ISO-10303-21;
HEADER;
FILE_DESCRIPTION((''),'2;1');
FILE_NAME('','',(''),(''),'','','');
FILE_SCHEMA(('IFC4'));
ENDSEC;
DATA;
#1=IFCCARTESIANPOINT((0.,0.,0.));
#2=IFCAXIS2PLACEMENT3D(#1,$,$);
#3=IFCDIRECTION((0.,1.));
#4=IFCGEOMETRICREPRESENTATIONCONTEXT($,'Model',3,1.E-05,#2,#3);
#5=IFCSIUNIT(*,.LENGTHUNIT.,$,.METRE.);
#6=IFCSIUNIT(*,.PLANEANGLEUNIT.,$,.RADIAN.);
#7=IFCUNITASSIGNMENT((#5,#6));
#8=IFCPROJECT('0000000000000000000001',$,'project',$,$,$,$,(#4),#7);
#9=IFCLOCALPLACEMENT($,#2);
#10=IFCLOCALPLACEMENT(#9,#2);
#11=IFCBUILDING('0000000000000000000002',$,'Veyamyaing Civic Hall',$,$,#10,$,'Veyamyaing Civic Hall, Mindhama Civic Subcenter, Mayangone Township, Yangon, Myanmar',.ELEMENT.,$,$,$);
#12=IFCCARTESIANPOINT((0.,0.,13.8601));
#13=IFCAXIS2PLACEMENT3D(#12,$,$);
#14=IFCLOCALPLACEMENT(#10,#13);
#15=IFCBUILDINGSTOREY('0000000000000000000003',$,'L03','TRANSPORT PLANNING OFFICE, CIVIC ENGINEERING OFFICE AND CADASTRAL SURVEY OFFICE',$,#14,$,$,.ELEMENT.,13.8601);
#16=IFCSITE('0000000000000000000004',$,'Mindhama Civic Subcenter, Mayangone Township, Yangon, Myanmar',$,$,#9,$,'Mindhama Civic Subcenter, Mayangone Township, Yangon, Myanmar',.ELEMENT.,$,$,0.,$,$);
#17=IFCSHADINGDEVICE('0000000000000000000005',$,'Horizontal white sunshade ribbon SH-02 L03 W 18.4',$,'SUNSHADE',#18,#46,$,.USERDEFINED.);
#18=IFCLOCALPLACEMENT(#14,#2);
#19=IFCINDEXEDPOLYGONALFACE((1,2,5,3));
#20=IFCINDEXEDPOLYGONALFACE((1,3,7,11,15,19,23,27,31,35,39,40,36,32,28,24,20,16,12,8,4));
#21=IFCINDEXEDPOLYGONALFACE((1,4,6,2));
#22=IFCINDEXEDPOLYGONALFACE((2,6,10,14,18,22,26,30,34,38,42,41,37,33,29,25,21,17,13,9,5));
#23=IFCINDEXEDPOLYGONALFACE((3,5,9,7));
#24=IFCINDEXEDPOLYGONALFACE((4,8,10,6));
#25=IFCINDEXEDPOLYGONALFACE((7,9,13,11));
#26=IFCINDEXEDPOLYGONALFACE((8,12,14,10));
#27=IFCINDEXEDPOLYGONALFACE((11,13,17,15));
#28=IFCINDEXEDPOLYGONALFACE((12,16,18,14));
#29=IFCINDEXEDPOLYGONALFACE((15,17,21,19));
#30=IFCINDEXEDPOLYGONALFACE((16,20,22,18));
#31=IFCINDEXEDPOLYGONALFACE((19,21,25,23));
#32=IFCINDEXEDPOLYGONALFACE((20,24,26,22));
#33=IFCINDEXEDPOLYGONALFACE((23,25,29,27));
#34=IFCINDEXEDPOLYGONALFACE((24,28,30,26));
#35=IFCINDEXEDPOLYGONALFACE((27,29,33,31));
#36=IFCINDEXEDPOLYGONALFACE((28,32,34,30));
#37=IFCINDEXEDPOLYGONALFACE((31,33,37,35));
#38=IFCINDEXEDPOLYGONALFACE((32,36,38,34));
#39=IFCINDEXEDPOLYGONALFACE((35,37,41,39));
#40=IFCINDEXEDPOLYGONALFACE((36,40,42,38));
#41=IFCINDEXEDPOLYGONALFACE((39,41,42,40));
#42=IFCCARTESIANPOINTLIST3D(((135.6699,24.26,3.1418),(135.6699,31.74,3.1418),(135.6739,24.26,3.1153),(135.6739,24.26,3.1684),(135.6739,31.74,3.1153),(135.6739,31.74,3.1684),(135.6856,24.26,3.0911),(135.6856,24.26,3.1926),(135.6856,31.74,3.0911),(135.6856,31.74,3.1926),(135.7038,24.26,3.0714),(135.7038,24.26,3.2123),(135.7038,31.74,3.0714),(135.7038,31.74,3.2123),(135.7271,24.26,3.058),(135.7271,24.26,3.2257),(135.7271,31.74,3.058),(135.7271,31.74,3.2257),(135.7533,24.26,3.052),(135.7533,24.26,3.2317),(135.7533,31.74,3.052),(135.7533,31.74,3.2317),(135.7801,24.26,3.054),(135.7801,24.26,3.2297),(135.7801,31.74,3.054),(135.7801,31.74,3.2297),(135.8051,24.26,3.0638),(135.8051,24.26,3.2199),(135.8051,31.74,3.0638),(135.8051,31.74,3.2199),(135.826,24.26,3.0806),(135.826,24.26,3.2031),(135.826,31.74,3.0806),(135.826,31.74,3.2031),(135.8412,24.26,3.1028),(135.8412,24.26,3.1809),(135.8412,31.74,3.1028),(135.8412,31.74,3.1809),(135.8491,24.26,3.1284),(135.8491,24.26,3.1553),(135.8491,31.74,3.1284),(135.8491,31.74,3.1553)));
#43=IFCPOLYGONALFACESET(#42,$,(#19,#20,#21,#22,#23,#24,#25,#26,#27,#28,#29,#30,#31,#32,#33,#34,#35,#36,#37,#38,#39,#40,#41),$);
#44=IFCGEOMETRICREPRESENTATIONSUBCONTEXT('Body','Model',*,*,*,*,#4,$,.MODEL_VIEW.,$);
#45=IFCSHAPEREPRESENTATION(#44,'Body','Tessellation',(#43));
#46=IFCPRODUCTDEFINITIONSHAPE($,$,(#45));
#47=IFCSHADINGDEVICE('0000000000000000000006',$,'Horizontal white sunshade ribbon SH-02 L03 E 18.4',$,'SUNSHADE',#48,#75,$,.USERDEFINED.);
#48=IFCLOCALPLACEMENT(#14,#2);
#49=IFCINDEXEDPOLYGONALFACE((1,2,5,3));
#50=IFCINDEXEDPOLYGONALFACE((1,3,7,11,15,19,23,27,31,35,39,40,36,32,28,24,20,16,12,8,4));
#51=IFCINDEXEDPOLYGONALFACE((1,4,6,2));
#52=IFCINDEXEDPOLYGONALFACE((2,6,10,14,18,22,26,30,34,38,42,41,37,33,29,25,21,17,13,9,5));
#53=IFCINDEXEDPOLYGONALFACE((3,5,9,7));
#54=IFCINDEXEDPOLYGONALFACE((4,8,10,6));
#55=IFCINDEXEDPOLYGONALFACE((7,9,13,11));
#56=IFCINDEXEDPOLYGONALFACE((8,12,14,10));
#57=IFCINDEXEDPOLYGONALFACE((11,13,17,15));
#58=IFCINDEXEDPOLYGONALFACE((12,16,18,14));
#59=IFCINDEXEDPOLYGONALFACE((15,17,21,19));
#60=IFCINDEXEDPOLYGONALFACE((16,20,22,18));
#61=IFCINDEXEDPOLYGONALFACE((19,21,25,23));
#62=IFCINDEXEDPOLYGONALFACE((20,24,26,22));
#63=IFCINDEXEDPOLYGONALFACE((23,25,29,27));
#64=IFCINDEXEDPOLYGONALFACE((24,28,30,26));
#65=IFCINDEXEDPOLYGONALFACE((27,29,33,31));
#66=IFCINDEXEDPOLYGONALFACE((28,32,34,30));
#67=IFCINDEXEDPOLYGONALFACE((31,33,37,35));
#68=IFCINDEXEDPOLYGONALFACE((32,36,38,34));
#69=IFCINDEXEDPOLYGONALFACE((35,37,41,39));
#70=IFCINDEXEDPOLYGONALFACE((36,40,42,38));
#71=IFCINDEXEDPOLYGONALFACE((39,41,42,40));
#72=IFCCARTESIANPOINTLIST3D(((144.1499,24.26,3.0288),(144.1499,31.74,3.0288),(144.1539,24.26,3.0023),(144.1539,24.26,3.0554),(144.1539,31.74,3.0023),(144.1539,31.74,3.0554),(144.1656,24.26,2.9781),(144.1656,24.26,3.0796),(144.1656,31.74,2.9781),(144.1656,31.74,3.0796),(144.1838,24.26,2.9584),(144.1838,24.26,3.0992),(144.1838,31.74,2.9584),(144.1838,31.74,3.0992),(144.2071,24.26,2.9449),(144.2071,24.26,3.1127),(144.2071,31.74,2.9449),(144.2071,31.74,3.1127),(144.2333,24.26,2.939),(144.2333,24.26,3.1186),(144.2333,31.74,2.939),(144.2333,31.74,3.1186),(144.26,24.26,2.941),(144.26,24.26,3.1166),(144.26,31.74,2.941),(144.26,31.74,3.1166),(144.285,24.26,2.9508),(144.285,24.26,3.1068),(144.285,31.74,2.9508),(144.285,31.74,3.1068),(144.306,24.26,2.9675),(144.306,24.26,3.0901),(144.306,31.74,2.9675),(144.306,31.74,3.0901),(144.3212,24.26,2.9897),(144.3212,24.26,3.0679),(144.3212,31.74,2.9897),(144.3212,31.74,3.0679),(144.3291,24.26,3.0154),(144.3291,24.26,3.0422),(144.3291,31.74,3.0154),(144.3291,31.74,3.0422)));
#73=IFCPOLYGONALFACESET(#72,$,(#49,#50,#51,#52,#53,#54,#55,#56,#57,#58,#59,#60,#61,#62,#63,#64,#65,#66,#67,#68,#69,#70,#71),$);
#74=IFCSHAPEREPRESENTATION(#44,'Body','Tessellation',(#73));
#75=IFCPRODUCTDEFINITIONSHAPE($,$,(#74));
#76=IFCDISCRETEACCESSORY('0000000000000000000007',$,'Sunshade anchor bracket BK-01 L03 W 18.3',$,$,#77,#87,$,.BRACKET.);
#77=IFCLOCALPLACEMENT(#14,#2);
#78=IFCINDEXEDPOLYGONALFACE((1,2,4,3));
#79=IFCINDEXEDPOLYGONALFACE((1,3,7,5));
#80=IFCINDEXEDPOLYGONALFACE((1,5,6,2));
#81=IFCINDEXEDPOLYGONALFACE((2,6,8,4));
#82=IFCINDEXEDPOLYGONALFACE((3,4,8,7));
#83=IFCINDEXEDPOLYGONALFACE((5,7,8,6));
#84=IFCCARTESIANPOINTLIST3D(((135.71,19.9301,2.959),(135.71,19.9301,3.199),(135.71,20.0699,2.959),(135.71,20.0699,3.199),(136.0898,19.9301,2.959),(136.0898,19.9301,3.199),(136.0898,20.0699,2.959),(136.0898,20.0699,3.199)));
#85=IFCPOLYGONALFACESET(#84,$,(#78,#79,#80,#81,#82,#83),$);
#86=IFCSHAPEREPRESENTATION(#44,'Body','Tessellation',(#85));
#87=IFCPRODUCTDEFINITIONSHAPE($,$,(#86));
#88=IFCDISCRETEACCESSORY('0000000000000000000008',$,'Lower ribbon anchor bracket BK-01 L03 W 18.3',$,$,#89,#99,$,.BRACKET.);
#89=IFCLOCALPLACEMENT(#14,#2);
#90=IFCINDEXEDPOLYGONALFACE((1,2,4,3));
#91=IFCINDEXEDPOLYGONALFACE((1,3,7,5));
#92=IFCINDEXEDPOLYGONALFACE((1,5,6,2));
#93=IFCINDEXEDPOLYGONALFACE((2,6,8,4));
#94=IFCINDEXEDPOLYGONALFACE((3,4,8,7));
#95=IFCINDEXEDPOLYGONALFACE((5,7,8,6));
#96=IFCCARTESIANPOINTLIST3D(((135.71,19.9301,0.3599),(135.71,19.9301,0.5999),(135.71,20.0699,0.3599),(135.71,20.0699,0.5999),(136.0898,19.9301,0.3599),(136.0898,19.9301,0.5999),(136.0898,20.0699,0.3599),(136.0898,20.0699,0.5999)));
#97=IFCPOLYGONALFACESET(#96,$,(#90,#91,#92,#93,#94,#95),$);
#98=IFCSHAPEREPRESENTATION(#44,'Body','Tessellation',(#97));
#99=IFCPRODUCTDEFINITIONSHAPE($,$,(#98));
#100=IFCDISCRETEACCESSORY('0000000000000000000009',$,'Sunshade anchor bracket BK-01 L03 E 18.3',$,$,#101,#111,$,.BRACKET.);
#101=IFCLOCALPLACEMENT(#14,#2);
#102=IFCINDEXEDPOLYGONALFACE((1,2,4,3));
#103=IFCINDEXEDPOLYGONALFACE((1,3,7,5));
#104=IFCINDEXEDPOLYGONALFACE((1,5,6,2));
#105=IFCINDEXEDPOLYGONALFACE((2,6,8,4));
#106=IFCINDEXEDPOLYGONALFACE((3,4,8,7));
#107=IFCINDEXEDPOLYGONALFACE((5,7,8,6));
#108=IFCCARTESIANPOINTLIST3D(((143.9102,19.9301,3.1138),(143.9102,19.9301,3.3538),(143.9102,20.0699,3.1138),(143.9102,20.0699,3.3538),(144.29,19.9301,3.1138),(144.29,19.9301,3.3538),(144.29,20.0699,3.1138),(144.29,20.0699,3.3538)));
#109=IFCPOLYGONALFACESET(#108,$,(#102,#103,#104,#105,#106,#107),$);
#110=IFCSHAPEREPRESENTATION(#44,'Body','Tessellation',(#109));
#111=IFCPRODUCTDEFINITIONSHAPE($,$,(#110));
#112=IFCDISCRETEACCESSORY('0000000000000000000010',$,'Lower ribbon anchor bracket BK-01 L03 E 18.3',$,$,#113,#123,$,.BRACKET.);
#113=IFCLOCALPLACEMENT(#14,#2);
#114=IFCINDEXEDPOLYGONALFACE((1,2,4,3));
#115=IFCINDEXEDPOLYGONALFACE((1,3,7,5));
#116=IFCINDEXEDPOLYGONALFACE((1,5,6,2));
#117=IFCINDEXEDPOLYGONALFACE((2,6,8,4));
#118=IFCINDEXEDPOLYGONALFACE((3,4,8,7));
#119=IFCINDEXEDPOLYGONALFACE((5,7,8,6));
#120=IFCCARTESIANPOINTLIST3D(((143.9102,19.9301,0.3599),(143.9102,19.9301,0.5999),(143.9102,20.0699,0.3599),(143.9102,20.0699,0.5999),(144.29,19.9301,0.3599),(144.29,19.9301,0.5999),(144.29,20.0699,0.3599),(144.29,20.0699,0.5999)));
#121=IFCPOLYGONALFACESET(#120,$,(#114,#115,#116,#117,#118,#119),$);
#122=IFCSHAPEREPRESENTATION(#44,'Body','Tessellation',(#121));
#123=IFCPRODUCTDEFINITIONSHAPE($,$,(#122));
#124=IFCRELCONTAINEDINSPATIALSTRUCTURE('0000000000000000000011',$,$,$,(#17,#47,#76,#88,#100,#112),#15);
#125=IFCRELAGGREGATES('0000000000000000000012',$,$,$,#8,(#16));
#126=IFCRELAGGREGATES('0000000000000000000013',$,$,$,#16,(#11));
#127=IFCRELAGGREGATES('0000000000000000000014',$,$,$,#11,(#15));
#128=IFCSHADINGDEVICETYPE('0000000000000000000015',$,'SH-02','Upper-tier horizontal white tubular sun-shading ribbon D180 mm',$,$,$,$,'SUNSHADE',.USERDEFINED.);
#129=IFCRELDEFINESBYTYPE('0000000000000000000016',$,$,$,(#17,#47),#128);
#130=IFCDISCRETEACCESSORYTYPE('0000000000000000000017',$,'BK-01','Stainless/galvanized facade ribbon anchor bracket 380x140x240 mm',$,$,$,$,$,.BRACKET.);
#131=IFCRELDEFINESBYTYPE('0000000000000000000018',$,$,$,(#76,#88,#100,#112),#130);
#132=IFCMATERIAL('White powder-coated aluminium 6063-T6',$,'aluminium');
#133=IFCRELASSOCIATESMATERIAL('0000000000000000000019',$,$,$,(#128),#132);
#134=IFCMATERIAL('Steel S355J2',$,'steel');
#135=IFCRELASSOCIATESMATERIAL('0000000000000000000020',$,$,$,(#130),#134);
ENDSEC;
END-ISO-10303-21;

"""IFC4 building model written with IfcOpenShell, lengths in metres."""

from ifc_helpers import new_model, si_unit, direction, frame, origin, origin_2d, place, context, subcontext, project, spatial, rectangle, circle, extrude, material, material_profile, profile_set, type_object, element, save


model = new_model("IFC4")

# Units and contexts
model_context = context("Model", 3, precision=1e-05, world=origin(), true_north=direction((0.0, 1.0)))
body_context = subcontext(model_context, "Body", "Model", "MODEL_VIEW")
ifc_project = project(units=[si_unit("LENGTHUNIT", "METRE"), si_unit("PLANEANGLEUNIT", "RADIAN")], contexts=[model_context])

# Site, building, storey
site_placement = place(None, origin())
site = spatial("IfcSite", under=ifc_project, at=site_placement, Name="Mindhama Civic Subcenter, Mayangone Township, Yangon, Myanmar", LongName="Mindhama Civic Subcenter, Mayangone Township, Yangon, Myanmar", CompositionType="ELEMENT", RefElevation=0.0)
building_placement = place(site_placement, origin())
building = spatial("IfcBuilding", under=site, at=building_placement, Name="Veyamyaing Civic Hall", LongName="Veyamyaing Civic Hall, Mindhama Civic Subcenter, Mayangone Township, Yangon, Myanmar", CompositionType="ELEMENT")
storey_placement = place(building_placement, frame((0.0, 0.0, 13.8601)))
storey = spatial("IfcBuildingStorey", under=building, at=storey_placement, Name="L03", Description="TRANSPORT PLANNING OFFICE, CIVIC ENGINEERING OFFICE AND CADASTRAL SURVEY OFFICE", CompositionType="ELEMENT", Elevation=13.8601)

# Shared definitions
ifc_material_1 = material(Name="White powder-coated aluminium 6063-T6", Category="aluminium")

# Shading devices
ifc_material_profile_1 = material_profile(ifc_material_1, circle(Radius=0.0901, at=origin_2d()), Name="SHADE-TUBE-180")
ifc_profile_set_1 = profile_set([ifc_material_profile_1], Name="White powder-coated aluminium 6063-T6")
shading_device_type = type_object("IfcShadingDeviceType", Name="SH-02", Description="Upper-tier horizontal white tubular sun-shading ribbon D180 mm", ElementType="SUNSHADE", PredefinedType="USERDEFINED", material=ifc_profile_set_1)
for number, where, z_axis, x_axis, name in (
    (1, (135.76, 24.26, 3.1418), (0.0, 1.0, 0.0), (-1.0, 0.0, 0.0), "Horizontal white sunshade ribbon SH-02 L03 W 18.4"),
    (2, (144.24, 24.26, 3.0288), (0.0, 1.0, 0.0), (-1.0, 0.0, 0.0), "Horizontal white sunshade ribbon SH-02 L03 E 18.4"),
):
    element("IfcShadingDevice", number, at=place(storey_placement, frame(where, z_axis=z_axis, x_axis=x_axis)), inside=storey, type_object=shading_device_type, Name=name, ObjectType="SUNSHADE", PredefinedType="USERDEFINED", context=body_context, shape_type="SweptSolid", body=[
        extrude(circle(Radius=0.0901, at=origin_2d()), origin(), (0.0, 0.0, 1.0), 7.48),
    ])

# Discrete accessories
ifc_material_2 = material(Name="Steel S355J2", Category="steel")
discrete_accessory_type = type_object("IfcDiscreteAccessoryType", Name="BK-01", Description="Stainless/galvanized facade ribbon anchor bracket 380x140x240 mm", PredefinedType="BRACKET", material=ifc_material_2)
for number, where, z_axis, x_axis, name in (
    (3, (135.8999, 20.0, 2.959), (0.0, 0.0, 1.0), (-1.0, 0.0, 0.0), "Sunshade anchor bracket BK-01 L03 W 18.3"),
    (4, (135.8999, 20.0, 0.3599), (0.0, 0.0, 1.0), (-1.0, 0.0, 0.0), "Lower ribbon anchor bracket BK-01 L03 W 18.3"),
    (5, (144.1001, 20.0, 3.1138), (0.0, 0.0, 1.0), (1.0, 0.0, 0.0), "Sunshade anchor bracket BK-01 L03 E 18.3"),
    (6, (144.1001, 20.0, 0.3599), (0.0, 0.0, 1.0), (1.0, 0.0, 0.0), "Lower ribbon anchor bracket BK-01 L03 E 18.3"),
):
    element("IfcDiscreteAccessory", number, at=place(storey_placement, frame(where, z_axis=z_axis, x_axis=x_axis)), inside=storey, type_object=discrete_accessory_type, Name=name, PredefinedType="BRACKET", context=body_context, shape_type="SweptSolid", body=[
        extrude(rectangle(XDim=0.3799, YDim=0.1399, at=origin_2d()), origin(), (0.0, 0.0, 1.0), 0.24),
    ])

save(model, "model.ifc")
